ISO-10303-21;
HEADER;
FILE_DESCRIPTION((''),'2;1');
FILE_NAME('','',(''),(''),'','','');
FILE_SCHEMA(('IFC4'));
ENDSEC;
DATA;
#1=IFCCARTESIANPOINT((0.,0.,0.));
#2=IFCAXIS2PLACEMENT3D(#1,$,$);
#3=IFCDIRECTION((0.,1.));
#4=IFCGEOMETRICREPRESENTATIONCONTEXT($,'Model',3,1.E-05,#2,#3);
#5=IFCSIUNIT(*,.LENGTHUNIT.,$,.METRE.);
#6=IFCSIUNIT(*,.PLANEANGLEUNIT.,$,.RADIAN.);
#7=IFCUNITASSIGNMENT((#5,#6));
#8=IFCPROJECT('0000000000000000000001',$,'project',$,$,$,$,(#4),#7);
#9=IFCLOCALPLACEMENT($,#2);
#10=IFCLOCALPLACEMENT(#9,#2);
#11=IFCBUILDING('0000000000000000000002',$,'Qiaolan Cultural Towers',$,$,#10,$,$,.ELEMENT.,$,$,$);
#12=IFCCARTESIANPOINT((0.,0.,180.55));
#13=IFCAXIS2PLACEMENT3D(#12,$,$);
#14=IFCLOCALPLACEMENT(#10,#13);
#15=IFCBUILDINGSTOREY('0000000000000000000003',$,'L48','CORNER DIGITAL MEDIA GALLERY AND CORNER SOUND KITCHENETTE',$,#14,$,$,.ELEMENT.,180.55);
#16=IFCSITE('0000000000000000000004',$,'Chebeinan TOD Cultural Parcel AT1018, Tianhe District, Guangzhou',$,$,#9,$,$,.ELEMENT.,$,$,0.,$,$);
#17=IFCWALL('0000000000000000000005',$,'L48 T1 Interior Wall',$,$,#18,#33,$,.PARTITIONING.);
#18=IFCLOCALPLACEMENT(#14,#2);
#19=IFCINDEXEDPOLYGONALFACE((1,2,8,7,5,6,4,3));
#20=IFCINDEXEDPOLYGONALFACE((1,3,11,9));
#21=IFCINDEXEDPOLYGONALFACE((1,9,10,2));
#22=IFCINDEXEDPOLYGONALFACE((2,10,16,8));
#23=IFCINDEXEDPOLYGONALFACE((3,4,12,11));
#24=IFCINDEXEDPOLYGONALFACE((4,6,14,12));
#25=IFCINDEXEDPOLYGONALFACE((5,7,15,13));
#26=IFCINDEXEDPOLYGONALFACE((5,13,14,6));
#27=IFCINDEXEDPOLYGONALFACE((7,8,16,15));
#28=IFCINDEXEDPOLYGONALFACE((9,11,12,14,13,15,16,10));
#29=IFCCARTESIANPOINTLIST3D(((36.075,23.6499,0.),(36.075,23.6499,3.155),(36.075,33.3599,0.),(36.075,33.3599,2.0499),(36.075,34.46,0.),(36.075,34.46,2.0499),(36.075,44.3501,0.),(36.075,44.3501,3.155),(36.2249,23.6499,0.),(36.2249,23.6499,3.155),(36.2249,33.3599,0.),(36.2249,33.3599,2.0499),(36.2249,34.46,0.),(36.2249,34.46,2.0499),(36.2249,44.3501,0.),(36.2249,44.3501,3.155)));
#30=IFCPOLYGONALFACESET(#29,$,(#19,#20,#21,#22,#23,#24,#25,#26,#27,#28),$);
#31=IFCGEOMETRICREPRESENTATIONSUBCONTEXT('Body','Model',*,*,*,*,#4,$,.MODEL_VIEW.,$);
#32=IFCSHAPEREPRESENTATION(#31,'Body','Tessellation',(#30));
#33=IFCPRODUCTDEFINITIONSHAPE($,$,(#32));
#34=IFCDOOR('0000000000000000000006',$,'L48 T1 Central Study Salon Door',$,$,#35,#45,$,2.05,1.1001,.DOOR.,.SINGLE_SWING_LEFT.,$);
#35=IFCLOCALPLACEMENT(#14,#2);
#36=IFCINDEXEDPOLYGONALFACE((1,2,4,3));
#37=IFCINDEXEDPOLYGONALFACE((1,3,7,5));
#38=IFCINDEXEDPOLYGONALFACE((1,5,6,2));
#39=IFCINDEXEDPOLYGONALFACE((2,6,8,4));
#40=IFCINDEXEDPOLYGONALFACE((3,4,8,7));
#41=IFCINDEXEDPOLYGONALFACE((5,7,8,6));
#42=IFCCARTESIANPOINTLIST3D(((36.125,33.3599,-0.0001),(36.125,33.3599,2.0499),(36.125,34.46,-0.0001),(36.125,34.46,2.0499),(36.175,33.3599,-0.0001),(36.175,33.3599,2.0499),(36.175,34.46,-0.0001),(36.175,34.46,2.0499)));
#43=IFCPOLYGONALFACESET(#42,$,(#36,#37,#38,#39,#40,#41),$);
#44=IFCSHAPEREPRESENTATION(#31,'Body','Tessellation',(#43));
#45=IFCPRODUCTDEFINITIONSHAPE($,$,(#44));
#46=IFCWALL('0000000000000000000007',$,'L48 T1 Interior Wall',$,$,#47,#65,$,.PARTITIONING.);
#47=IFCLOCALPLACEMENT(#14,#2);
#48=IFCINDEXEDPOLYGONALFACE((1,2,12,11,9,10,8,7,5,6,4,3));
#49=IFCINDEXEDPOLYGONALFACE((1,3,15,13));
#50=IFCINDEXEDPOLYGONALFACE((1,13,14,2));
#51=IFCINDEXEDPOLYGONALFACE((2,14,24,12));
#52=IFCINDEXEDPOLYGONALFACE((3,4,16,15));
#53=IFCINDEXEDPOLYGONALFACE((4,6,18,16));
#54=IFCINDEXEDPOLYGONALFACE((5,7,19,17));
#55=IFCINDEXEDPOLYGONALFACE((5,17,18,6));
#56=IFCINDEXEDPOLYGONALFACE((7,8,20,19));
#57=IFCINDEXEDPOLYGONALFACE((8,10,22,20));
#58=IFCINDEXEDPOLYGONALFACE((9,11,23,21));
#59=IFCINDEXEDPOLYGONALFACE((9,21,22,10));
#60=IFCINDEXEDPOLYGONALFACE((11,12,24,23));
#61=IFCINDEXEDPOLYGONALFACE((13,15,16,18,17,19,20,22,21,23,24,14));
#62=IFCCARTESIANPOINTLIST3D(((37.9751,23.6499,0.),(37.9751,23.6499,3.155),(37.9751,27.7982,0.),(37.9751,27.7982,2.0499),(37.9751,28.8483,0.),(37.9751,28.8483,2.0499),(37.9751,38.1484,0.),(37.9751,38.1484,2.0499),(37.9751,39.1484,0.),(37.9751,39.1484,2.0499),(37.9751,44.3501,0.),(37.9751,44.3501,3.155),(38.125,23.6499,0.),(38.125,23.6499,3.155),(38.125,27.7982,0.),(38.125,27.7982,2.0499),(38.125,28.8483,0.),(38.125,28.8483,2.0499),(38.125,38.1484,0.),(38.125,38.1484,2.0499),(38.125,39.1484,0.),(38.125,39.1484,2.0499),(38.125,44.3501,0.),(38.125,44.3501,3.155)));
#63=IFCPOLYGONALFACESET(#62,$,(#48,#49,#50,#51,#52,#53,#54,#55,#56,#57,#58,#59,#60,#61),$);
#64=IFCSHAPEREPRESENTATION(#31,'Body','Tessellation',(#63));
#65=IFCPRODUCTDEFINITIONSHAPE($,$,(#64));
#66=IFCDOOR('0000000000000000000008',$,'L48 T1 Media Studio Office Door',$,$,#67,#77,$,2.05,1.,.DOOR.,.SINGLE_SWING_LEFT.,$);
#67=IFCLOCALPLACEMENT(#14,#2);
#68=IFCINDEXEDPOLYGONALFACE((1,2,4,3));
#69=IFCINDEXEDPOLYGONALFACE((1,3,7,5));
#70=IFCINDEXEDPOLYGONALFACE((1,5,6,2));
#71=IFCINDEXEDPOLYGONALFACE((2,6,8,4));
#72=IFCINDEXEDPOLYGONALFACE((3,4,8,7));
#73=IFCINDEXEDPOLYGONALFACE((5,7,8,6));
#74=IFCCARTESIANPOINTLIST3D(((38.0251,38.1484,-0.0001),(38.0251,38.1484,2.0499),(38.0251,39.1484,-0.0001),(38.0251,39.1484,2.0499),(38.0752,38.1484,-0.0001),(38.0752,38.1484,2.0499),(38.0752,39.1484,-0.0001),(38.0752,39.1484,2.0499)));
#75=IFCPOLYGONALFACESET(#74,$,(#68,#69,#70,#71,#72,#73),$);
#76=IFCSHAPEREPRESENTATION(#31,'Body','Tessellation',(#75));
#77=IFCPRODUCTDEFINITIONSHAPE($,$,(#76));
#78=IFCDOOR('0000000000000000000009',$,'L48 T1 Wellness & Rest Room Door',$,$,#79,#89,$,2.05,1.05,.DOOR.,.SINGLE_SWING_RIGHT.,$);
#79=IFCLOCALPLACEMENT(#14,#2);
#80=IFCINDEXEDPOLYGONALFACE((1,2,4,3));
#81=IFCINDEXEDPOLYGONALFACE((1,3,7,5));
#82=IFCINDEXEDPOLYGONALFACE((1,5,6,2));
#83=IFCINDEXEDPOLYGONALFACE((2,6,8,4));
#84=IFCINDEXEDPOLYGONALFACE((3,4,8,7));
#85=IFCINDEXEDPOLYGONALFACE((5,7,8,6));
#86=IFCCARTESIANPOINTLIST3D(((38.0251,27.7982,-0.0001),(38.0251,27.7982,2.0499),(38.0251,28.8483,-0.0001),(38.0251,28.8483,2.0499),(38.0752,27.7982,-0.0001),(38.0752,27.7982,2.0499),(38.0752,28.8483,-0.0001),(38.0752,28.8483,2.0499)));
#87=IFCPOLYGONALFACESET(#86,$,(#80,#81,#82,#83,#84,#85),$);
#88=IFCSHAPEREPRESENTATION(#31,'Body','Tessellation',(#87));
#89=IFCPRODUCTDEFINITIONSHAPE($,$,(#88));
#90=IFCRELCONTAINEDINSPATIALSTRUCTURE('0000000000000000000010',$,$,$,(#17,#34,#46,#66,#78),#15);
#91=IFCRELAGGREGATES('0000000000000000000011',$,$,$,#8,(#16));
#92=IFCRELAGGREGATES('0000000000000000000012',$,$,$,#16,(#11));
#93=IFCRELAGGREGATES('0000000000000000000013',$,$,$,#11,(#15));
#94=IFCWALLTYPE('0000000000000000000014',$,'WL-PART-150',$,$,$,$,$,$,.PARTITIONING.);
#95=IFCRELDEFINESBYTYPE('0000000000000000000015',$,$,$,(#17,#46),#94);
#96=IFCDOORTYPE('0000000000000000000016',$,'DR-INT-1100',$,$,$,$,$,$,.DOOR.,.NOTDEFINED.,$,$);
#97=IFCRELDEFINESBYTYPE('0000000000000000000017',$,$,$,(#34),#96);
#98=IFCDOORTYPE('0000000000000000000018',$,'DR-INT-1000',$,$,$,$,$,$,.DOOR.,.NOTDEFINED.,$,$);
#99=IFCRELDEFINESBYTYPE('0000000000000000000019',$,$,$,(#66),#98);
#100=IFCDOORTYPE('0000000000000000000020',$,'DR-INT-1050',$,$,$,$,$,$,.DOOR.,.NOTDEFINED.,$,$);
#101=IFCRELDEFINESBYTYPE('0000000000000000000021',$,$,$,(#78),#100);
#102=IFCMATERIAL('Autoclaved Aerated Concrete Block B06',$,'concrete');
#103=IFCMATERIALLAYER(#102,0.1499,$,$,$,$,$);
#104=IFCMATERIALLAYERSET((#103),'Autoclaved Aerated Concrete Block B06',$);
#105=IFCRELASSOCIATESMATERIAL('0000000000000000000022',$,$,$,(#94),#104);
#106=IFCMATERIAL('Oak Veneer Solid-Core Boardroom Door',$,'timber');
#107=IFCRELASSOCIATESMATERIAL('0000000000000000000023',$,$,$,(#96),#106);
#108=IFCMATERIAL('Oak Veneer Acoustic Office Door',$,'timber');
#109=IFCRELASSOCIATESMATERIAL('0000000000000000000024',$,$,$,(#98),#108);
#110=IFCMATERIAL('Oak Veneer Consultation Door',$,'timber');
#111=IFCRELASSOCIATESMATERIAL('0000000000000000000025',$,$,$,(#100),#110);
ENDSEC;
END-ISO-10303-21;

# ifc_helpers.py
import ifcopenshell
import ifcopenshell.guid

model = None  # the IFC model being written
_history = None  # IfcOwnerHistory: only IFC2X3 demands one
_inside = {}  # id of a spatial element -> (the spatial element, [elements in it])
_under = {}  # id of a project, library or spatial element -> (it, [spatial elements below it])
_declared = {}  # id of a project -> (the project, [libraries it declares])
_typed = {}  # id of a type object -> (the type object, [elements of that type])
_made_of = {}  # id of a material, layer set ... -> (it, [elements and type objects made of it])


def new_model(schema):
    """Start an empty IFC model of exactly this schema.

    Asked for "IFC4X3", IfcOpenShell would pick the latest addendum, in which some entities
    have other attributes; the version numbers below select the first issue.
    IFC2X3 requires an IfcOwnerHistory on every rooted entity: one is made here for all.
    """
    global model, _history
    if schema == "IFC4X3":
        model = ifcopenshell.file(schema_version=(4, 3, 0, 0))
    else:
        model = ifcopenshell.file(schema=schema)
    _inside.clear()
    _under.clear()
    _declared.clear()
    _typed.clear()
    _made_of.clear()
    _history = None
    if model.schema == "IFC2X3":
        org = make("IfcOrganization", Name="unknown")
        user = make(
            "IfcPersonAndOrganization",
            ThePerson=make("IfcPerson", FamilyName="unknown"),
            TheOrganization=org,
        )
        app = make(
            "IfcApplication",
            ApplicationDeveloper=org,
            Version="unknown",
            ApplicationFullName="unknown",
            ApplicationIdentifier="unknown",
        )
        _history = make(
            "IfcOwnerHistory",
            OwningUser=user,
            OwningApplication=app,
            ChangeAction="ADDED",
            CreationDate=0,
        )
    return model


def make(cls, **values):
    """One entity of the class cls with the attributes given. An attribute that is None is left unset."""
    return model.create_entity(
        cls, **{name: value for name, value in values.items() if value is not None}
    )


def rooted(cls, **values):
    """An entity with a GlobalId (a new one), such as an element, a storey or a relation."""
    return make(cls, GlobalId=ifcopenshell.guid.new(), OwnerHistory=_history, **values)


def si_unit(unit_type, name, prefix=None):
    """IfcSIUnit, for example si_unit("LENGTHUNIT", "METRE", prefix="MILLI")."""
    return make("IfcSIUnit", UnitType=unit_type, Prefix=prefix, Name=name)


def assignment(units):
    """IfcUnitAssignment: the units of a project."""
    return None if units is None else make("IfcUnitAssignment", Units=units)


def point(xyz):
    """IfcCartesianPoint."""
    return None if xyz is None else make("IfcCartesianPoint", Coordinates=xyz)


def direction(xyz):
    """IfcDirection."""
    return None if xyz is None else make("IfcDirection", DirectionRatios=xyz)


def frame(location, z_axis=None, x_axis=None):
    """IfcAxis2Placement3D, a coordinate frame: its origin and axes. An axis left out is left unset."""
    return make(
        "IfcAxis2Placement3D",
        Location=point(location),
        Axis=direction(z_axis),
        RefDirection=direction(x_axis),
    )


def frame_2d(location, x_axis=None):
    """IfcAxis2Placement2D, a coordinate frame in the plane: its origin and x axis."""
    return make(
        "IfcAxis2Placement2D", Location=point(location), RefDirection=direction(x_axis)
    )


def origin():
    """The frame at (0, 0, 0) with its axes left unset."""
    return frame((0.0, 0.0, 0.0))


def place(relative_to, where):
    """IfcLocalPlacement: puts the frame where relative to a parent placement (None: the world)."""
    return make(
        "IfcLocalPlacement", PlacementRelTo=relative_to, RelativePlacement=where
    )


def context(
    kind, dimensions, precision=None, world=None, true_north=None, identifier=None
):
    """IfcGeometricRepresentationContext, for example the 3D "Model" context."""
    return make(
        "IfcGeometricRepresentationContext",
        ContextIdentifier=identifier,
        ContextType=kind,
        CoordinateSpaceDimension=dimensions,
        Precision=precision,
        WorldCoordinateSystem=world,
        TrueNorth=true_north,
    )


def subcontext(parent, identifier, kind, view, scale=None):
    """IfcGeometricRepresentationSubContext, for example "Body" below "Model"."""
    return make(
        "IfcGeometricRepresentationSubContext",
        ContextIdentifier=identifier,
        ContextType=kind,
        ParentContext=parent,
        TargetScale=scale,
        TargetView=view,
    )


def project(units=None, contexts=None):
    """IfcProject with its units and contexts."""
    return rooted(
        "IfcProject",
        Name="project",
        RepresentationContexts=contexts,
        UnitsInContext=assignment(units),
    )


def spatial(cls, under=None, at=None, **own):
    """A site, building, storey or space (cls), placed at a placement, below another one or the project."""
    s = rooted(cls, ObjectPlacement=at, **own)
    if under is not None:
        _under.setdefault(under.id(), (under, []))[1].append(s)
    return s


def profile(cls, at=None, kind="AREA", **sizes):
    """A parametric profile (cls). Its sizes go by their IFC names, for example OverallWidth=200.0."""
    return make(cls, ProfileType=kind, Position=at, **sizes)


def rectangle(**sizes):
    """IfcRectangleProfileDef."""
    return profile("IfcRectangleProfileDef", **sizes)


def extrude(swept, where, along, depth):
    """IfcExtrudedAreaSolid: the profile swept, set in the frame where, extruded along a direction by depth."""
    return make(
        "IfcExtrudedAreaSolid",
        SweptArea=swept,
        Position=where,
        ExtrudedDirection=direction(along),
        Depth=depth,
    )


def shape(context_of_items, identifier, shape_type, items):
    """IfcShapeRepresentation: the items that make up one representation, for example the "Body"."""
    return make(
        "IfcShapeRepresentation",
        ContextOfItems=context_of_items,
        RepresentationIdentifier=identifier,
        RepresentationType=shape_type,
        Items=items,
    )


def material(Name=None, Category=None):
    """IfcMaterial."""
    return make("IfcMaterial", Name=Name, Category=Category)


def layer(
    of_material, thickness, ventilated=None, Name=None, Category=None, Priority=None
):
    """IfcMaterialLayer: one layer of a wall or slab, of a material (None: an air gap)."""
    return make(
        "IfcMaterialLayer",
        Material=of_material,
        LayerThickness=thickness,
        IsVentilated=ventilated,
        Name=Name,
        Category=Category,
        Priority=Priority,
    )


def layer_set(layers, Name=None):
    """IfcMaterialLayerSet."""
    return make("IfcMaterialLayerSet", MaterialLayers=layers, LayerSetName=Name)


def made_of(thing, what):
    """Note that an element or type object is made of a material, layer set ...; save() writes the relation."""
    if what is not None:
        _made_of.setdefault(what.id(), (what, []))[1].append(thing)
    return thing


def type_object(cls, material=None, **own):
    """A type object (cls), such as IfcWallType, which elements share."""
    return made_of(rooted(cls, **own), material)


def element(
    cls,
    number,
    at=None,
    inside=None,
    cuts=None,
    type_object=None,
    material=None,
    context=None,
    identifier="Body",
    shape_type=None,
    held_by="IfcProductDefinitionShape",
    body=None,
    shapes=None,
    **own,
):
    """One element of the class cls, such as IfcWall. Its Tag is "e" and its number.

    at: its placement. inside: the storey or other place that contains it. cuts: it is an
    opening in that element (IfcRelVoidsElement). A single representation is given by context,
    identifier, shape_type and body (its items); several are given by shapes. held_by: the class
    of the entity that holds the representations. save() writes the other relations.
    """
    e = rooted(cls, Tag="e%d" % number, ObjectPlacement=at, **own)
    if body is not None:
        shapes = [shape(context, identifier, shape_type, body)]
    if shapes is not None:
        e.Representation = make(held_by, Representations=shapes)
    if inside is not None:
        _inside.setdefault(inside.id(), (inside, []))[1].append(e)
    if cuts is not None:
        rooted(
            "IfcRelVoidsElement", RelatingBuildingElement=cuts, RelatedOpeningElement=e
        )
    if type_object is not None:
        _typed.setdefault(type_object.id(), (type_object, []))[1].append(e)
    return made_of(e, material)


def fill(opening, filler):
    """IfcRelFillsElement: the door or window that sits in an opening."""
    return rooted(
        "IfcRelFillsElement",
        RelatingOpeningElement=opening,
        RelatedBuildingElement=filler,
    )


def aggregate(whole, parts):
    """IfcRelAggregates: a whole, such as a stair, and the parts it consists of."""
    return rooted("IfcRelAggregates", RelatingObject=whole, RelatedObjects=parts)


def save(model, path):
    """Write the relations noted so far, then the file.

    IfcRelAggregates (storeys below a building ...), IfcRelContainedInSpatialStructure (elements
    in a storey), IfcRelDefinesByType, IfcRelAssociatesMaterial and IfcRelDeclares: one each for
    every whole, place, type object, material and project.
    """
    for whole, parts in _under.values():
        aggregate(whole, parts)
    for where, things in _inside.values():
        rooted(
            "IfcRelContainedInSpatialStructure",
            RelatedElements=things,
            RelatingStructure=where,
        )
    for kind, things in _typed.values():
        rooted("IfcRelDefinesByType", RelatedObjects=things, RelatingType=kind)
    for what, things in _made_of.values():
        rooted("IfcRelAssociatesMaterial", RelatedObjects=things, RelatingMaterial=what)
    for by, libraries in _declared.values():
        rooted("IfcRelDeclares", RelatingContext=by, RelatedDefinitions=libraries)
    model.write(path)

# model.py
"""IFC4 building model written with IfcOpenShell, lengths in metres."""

from ifc_helpers import new_model, si_unit, direction, frame, frame_2d, origin, place, context, subcontext, project, spatial, rectangle, extrude, material, layer, layer_set, type_object, element, fill, save


model = new_model("IFC4")

# Units and contexts
model_context = context("Model", 3, precision=1e-05, world=origin(), true_north=direction((0.0, 1.0)))
body_context = subcontext(model_context, "Body", "Model", "MODEL_VIEW")
ifc_project = project(units=[si_unit("LENGTHUNIT", "METRE"), si_unit("PLANEANGLEUNIT", "RADIAN")], contexts=[model_context])

# Site, building, storey
site_placement = place(None, origin())
site = spatial("IfcSite", under=ifc_project, at=site_placement, Name="Chebeinan TOD Cultural Parcel AT1018, Tianhe District, Guangzhou", CompositionType="ELEMENT", RefElevation=0.0)
building_placement = place(site_placement, origin())
building = spatial("IfcBuilding", under=site, at=building_placement, Name="Qiaolan Cultural Towers", CompositionType="ELEMENT")
storey_placement = place(building_placement, frame((0.0, 0.0, 180.55)))
storey = spatial("IfcBuildingStorey", under=building, at=storey_placement, Name="L48", Description="CORNER DIGITAL MEDIA GALLERY AND CORNER SOUND KITCHENETTE", CompositionType="ELEMENT", Elevation=180.55)

# Shared definitions
ifc_material_1 = material(Name="Autoclaved Aerated Concrete Block B06", Category="concrete")
ifc_layer_1 = layer(ifc_material_1, 0.1499)
ifc_layer_set_1 = layer_set([ifc_layer_1], Name="Autoclaved Aerated Concrete Block B06")
wall_type_1 = type_object("IfcWallType", Name="WL-PART-150", PredefinedType="PARTITIONING", material=ifc_layer_set_1)

# Wall, opening, door
wall_1_placement = place(storey_placement, frame((36.1499, 23.6499, 0.0), z_axis=(0.0, 0.0, 1.0), x_axis=(0.0, 1.0, 0.0)))
wall_1 = element("IfcWall", 1, at=wall_1_placement, inside=storey, type_object=wall_type_1, Name="L48 T1 Interior Wall", PredefinedType="PARTITIONING", context=body_context, shape_type="SweptSolid", body=[
    extrude(rectangle(XDim=20.7002, YDim=0.1499, at=frame_2d((10.3501, 0.0))), origin(), (0.0, 0.0, 1.0), 3.155),
])
opening_1_placement = place(wall_1_placement, frame((9.71, 0.0, 0.0)))
opening_1 = element("IfcOpeningElement", 2, at=opening_1_placement, cuts=wall_1, PredefinedType="OPENING", context=body_context, shape_type="SweptSolid", body=[
    extrude(rectangle(XDim=1.1001, YDim=2.05, at=frame_2d((0.55, 1.0249))), frame((0.0, 0.085, 0.0), z_axis=(0.0, -1.0, 0.0), x_axis=(1.0, 0.0, 0.0)), (0.0, 0.0, 1.0), 0.1699),
])
ifc_material_2 = material(Name="Oak Veneer Solid-Core Boardroom Door", Category="timber")
door_type_1 = type_object("IfcDoorType", Name="DR-INT-1100", OperationType="NOTDEFINED", PredefinedType="DOOR", material=ifc_material_2)
door_1_placement = place(opening_1_placement, origin())
door_1 = element("IfcDoor", 3, at=door_1_placement, inside=storey, type_object=door_type_1, Name="L48 T1 Central Study Salon Door", OperationType="SINGLE_SWING_LEFT", OverallHeight=2.05, OverallWidth=1.1001, PredefinedType="DOOR", context=body_context, shape_type="SweptSolid", body=[
    extrude(rectangle(XDim=1.1001, YDim=2.05, at=frame_2d((0.55, 1.0249))), frame((0.0, 0.0249, 0.0), z_axis=(0.0, -1.0, 0.0), x_axis=(1.0, 0.0, 0.0)), (0.0, 0.0, 1.0), 0.05),
])
fill(opening_1, door_1)

# Wall, openings, doors
wall_2_placement = place(storey_placement, frame((38.05, 23.6499, 0.0), z_axis=(0.0, 0.0, 1.0), x_axis=(0.0, 1.0, 0.0)))
wall_2 = element("IfcWall", 4, at=wall_2_placement, inside=storey, type_object=wall_type_1, Name="L48 T1 Interior Wall", PredefinedType="PARTITIONING", context=body_context, shape_type="SweptSolid", body=[
    extrude(rectangle(XDim=20.7002, YDim=0.1499, at=frame_2d((10.3501, 0.0))), origin(), (0.0, 0.0, 1.0), 3.155),
])
opening_2_placement = place(wall_2_placement, frame((4.1484, 0.0, 0.0)))
opening_2 = element("IfcOpeningElement", 5, at=opening_2_placement, cuts=wall_2, PredefinedType="OPENING", context=body_context, shape_type="SweptSolid", body=[
    extrude(rectangle(XDim=1.05, YDim=2.05, at=frame_2d((0.5249, 1.0249))), frame((0.0, 0.085, 0.0), z_axis=(0.0, -1.0, 0.0), x_axis=(1.0, 0.0, 0.0)), (0.0, 0.0, 1.0), 0.1699),
])
opening_3_placement = place(wall_2_placement, frame((14.4985, 0.0, 0.0)))
opening_3 = element("IfcOpeningElement", 6, at=opening_3_placement, cuts=wall_2, PredefinedType="OPENING", context=body_context, shape_type="SweptSolid", body=[
    extrude(rectangle(XDim=1.0, YDim=2.05, at=frame_2d((0.5, 1.0249))), frame((0.0, 0.085, 0.0), z_axis=(0.0, -1.0, 0.0), x_axis=(1.0, 0.0, 0.0)), (0.0, 0.0, 1.0), 0.1699),
])
ifc_material_3 = material(Name="Oak Veneer Acoustic Office Door", Category="timber")
door_type_2 = type_object("IfcDoorType", Name="DR-INT-1000", OperationType="NOTDEFINED", PredefinedType="DOOR", material=ifc_material_3)
door_2_placement = place(opening_3_placement, origin())
door_2 = element("IfcDoor", 7, at=door_2_placement, inside=storey, type_object=door_type_2, Name="L48 T1 Media Studio Office Door", OperationType="SINGLE_SWING_LEFT", OverallHeight=2.05, OverallWidth=1.0, PredefinedType="DOOR", context=body_context, shape_type="SweptSolid", body=[
    extrude(rectangle(XDim=1.0, YDim=2.05, at=frame_2d((0.5, 1.0249))), frame((0.0, 0.0249, 0.0), z_axis=(0.0, -1.0, 0.0), x_axis=(1.0, 0.0, 0.0)), (0.0, 0.0, 1.0), 0.05),
])
fill(opening_3, door_2)
ifc_material_4 = material(Name="Oak Veneer Consultation Door", Category="timber")
door_type_3 = type_object("IfcDoorType", Name="DR-INT-1050", OperationType="NOTDEFINED", PredefinedType="DOOR", material=ifc_material_4)
door_3_placement = place(opening_2_placement, origin())
door_3 = element("IfcDoor", 8, at=door_3_placement, inside=storey, type_object=door_type_3, Name="L48 T1 Wellness & Rest Room Door", OperationType="SINGLE_SWING_RIGHT", OverallHeight=2.05, OverallWidth=1.05, PredefinedType="DOOR", context=body_context, shape_type="SweptSolid", body=[
    extrude(rectangle(XDim=1.05, YDim=2.05, at=frame_2d((0.5249, 1.0249))), frame((0.0, 0.0249, 0.0), z_axis=(0.0, -1.0, 0.0), x_axis=(1.0, 0.0, 0.0)), (0.0, 0.0, 1.0), 0.05),
])
fill(opening_2, door_3)

save(model, "model.ifc")
